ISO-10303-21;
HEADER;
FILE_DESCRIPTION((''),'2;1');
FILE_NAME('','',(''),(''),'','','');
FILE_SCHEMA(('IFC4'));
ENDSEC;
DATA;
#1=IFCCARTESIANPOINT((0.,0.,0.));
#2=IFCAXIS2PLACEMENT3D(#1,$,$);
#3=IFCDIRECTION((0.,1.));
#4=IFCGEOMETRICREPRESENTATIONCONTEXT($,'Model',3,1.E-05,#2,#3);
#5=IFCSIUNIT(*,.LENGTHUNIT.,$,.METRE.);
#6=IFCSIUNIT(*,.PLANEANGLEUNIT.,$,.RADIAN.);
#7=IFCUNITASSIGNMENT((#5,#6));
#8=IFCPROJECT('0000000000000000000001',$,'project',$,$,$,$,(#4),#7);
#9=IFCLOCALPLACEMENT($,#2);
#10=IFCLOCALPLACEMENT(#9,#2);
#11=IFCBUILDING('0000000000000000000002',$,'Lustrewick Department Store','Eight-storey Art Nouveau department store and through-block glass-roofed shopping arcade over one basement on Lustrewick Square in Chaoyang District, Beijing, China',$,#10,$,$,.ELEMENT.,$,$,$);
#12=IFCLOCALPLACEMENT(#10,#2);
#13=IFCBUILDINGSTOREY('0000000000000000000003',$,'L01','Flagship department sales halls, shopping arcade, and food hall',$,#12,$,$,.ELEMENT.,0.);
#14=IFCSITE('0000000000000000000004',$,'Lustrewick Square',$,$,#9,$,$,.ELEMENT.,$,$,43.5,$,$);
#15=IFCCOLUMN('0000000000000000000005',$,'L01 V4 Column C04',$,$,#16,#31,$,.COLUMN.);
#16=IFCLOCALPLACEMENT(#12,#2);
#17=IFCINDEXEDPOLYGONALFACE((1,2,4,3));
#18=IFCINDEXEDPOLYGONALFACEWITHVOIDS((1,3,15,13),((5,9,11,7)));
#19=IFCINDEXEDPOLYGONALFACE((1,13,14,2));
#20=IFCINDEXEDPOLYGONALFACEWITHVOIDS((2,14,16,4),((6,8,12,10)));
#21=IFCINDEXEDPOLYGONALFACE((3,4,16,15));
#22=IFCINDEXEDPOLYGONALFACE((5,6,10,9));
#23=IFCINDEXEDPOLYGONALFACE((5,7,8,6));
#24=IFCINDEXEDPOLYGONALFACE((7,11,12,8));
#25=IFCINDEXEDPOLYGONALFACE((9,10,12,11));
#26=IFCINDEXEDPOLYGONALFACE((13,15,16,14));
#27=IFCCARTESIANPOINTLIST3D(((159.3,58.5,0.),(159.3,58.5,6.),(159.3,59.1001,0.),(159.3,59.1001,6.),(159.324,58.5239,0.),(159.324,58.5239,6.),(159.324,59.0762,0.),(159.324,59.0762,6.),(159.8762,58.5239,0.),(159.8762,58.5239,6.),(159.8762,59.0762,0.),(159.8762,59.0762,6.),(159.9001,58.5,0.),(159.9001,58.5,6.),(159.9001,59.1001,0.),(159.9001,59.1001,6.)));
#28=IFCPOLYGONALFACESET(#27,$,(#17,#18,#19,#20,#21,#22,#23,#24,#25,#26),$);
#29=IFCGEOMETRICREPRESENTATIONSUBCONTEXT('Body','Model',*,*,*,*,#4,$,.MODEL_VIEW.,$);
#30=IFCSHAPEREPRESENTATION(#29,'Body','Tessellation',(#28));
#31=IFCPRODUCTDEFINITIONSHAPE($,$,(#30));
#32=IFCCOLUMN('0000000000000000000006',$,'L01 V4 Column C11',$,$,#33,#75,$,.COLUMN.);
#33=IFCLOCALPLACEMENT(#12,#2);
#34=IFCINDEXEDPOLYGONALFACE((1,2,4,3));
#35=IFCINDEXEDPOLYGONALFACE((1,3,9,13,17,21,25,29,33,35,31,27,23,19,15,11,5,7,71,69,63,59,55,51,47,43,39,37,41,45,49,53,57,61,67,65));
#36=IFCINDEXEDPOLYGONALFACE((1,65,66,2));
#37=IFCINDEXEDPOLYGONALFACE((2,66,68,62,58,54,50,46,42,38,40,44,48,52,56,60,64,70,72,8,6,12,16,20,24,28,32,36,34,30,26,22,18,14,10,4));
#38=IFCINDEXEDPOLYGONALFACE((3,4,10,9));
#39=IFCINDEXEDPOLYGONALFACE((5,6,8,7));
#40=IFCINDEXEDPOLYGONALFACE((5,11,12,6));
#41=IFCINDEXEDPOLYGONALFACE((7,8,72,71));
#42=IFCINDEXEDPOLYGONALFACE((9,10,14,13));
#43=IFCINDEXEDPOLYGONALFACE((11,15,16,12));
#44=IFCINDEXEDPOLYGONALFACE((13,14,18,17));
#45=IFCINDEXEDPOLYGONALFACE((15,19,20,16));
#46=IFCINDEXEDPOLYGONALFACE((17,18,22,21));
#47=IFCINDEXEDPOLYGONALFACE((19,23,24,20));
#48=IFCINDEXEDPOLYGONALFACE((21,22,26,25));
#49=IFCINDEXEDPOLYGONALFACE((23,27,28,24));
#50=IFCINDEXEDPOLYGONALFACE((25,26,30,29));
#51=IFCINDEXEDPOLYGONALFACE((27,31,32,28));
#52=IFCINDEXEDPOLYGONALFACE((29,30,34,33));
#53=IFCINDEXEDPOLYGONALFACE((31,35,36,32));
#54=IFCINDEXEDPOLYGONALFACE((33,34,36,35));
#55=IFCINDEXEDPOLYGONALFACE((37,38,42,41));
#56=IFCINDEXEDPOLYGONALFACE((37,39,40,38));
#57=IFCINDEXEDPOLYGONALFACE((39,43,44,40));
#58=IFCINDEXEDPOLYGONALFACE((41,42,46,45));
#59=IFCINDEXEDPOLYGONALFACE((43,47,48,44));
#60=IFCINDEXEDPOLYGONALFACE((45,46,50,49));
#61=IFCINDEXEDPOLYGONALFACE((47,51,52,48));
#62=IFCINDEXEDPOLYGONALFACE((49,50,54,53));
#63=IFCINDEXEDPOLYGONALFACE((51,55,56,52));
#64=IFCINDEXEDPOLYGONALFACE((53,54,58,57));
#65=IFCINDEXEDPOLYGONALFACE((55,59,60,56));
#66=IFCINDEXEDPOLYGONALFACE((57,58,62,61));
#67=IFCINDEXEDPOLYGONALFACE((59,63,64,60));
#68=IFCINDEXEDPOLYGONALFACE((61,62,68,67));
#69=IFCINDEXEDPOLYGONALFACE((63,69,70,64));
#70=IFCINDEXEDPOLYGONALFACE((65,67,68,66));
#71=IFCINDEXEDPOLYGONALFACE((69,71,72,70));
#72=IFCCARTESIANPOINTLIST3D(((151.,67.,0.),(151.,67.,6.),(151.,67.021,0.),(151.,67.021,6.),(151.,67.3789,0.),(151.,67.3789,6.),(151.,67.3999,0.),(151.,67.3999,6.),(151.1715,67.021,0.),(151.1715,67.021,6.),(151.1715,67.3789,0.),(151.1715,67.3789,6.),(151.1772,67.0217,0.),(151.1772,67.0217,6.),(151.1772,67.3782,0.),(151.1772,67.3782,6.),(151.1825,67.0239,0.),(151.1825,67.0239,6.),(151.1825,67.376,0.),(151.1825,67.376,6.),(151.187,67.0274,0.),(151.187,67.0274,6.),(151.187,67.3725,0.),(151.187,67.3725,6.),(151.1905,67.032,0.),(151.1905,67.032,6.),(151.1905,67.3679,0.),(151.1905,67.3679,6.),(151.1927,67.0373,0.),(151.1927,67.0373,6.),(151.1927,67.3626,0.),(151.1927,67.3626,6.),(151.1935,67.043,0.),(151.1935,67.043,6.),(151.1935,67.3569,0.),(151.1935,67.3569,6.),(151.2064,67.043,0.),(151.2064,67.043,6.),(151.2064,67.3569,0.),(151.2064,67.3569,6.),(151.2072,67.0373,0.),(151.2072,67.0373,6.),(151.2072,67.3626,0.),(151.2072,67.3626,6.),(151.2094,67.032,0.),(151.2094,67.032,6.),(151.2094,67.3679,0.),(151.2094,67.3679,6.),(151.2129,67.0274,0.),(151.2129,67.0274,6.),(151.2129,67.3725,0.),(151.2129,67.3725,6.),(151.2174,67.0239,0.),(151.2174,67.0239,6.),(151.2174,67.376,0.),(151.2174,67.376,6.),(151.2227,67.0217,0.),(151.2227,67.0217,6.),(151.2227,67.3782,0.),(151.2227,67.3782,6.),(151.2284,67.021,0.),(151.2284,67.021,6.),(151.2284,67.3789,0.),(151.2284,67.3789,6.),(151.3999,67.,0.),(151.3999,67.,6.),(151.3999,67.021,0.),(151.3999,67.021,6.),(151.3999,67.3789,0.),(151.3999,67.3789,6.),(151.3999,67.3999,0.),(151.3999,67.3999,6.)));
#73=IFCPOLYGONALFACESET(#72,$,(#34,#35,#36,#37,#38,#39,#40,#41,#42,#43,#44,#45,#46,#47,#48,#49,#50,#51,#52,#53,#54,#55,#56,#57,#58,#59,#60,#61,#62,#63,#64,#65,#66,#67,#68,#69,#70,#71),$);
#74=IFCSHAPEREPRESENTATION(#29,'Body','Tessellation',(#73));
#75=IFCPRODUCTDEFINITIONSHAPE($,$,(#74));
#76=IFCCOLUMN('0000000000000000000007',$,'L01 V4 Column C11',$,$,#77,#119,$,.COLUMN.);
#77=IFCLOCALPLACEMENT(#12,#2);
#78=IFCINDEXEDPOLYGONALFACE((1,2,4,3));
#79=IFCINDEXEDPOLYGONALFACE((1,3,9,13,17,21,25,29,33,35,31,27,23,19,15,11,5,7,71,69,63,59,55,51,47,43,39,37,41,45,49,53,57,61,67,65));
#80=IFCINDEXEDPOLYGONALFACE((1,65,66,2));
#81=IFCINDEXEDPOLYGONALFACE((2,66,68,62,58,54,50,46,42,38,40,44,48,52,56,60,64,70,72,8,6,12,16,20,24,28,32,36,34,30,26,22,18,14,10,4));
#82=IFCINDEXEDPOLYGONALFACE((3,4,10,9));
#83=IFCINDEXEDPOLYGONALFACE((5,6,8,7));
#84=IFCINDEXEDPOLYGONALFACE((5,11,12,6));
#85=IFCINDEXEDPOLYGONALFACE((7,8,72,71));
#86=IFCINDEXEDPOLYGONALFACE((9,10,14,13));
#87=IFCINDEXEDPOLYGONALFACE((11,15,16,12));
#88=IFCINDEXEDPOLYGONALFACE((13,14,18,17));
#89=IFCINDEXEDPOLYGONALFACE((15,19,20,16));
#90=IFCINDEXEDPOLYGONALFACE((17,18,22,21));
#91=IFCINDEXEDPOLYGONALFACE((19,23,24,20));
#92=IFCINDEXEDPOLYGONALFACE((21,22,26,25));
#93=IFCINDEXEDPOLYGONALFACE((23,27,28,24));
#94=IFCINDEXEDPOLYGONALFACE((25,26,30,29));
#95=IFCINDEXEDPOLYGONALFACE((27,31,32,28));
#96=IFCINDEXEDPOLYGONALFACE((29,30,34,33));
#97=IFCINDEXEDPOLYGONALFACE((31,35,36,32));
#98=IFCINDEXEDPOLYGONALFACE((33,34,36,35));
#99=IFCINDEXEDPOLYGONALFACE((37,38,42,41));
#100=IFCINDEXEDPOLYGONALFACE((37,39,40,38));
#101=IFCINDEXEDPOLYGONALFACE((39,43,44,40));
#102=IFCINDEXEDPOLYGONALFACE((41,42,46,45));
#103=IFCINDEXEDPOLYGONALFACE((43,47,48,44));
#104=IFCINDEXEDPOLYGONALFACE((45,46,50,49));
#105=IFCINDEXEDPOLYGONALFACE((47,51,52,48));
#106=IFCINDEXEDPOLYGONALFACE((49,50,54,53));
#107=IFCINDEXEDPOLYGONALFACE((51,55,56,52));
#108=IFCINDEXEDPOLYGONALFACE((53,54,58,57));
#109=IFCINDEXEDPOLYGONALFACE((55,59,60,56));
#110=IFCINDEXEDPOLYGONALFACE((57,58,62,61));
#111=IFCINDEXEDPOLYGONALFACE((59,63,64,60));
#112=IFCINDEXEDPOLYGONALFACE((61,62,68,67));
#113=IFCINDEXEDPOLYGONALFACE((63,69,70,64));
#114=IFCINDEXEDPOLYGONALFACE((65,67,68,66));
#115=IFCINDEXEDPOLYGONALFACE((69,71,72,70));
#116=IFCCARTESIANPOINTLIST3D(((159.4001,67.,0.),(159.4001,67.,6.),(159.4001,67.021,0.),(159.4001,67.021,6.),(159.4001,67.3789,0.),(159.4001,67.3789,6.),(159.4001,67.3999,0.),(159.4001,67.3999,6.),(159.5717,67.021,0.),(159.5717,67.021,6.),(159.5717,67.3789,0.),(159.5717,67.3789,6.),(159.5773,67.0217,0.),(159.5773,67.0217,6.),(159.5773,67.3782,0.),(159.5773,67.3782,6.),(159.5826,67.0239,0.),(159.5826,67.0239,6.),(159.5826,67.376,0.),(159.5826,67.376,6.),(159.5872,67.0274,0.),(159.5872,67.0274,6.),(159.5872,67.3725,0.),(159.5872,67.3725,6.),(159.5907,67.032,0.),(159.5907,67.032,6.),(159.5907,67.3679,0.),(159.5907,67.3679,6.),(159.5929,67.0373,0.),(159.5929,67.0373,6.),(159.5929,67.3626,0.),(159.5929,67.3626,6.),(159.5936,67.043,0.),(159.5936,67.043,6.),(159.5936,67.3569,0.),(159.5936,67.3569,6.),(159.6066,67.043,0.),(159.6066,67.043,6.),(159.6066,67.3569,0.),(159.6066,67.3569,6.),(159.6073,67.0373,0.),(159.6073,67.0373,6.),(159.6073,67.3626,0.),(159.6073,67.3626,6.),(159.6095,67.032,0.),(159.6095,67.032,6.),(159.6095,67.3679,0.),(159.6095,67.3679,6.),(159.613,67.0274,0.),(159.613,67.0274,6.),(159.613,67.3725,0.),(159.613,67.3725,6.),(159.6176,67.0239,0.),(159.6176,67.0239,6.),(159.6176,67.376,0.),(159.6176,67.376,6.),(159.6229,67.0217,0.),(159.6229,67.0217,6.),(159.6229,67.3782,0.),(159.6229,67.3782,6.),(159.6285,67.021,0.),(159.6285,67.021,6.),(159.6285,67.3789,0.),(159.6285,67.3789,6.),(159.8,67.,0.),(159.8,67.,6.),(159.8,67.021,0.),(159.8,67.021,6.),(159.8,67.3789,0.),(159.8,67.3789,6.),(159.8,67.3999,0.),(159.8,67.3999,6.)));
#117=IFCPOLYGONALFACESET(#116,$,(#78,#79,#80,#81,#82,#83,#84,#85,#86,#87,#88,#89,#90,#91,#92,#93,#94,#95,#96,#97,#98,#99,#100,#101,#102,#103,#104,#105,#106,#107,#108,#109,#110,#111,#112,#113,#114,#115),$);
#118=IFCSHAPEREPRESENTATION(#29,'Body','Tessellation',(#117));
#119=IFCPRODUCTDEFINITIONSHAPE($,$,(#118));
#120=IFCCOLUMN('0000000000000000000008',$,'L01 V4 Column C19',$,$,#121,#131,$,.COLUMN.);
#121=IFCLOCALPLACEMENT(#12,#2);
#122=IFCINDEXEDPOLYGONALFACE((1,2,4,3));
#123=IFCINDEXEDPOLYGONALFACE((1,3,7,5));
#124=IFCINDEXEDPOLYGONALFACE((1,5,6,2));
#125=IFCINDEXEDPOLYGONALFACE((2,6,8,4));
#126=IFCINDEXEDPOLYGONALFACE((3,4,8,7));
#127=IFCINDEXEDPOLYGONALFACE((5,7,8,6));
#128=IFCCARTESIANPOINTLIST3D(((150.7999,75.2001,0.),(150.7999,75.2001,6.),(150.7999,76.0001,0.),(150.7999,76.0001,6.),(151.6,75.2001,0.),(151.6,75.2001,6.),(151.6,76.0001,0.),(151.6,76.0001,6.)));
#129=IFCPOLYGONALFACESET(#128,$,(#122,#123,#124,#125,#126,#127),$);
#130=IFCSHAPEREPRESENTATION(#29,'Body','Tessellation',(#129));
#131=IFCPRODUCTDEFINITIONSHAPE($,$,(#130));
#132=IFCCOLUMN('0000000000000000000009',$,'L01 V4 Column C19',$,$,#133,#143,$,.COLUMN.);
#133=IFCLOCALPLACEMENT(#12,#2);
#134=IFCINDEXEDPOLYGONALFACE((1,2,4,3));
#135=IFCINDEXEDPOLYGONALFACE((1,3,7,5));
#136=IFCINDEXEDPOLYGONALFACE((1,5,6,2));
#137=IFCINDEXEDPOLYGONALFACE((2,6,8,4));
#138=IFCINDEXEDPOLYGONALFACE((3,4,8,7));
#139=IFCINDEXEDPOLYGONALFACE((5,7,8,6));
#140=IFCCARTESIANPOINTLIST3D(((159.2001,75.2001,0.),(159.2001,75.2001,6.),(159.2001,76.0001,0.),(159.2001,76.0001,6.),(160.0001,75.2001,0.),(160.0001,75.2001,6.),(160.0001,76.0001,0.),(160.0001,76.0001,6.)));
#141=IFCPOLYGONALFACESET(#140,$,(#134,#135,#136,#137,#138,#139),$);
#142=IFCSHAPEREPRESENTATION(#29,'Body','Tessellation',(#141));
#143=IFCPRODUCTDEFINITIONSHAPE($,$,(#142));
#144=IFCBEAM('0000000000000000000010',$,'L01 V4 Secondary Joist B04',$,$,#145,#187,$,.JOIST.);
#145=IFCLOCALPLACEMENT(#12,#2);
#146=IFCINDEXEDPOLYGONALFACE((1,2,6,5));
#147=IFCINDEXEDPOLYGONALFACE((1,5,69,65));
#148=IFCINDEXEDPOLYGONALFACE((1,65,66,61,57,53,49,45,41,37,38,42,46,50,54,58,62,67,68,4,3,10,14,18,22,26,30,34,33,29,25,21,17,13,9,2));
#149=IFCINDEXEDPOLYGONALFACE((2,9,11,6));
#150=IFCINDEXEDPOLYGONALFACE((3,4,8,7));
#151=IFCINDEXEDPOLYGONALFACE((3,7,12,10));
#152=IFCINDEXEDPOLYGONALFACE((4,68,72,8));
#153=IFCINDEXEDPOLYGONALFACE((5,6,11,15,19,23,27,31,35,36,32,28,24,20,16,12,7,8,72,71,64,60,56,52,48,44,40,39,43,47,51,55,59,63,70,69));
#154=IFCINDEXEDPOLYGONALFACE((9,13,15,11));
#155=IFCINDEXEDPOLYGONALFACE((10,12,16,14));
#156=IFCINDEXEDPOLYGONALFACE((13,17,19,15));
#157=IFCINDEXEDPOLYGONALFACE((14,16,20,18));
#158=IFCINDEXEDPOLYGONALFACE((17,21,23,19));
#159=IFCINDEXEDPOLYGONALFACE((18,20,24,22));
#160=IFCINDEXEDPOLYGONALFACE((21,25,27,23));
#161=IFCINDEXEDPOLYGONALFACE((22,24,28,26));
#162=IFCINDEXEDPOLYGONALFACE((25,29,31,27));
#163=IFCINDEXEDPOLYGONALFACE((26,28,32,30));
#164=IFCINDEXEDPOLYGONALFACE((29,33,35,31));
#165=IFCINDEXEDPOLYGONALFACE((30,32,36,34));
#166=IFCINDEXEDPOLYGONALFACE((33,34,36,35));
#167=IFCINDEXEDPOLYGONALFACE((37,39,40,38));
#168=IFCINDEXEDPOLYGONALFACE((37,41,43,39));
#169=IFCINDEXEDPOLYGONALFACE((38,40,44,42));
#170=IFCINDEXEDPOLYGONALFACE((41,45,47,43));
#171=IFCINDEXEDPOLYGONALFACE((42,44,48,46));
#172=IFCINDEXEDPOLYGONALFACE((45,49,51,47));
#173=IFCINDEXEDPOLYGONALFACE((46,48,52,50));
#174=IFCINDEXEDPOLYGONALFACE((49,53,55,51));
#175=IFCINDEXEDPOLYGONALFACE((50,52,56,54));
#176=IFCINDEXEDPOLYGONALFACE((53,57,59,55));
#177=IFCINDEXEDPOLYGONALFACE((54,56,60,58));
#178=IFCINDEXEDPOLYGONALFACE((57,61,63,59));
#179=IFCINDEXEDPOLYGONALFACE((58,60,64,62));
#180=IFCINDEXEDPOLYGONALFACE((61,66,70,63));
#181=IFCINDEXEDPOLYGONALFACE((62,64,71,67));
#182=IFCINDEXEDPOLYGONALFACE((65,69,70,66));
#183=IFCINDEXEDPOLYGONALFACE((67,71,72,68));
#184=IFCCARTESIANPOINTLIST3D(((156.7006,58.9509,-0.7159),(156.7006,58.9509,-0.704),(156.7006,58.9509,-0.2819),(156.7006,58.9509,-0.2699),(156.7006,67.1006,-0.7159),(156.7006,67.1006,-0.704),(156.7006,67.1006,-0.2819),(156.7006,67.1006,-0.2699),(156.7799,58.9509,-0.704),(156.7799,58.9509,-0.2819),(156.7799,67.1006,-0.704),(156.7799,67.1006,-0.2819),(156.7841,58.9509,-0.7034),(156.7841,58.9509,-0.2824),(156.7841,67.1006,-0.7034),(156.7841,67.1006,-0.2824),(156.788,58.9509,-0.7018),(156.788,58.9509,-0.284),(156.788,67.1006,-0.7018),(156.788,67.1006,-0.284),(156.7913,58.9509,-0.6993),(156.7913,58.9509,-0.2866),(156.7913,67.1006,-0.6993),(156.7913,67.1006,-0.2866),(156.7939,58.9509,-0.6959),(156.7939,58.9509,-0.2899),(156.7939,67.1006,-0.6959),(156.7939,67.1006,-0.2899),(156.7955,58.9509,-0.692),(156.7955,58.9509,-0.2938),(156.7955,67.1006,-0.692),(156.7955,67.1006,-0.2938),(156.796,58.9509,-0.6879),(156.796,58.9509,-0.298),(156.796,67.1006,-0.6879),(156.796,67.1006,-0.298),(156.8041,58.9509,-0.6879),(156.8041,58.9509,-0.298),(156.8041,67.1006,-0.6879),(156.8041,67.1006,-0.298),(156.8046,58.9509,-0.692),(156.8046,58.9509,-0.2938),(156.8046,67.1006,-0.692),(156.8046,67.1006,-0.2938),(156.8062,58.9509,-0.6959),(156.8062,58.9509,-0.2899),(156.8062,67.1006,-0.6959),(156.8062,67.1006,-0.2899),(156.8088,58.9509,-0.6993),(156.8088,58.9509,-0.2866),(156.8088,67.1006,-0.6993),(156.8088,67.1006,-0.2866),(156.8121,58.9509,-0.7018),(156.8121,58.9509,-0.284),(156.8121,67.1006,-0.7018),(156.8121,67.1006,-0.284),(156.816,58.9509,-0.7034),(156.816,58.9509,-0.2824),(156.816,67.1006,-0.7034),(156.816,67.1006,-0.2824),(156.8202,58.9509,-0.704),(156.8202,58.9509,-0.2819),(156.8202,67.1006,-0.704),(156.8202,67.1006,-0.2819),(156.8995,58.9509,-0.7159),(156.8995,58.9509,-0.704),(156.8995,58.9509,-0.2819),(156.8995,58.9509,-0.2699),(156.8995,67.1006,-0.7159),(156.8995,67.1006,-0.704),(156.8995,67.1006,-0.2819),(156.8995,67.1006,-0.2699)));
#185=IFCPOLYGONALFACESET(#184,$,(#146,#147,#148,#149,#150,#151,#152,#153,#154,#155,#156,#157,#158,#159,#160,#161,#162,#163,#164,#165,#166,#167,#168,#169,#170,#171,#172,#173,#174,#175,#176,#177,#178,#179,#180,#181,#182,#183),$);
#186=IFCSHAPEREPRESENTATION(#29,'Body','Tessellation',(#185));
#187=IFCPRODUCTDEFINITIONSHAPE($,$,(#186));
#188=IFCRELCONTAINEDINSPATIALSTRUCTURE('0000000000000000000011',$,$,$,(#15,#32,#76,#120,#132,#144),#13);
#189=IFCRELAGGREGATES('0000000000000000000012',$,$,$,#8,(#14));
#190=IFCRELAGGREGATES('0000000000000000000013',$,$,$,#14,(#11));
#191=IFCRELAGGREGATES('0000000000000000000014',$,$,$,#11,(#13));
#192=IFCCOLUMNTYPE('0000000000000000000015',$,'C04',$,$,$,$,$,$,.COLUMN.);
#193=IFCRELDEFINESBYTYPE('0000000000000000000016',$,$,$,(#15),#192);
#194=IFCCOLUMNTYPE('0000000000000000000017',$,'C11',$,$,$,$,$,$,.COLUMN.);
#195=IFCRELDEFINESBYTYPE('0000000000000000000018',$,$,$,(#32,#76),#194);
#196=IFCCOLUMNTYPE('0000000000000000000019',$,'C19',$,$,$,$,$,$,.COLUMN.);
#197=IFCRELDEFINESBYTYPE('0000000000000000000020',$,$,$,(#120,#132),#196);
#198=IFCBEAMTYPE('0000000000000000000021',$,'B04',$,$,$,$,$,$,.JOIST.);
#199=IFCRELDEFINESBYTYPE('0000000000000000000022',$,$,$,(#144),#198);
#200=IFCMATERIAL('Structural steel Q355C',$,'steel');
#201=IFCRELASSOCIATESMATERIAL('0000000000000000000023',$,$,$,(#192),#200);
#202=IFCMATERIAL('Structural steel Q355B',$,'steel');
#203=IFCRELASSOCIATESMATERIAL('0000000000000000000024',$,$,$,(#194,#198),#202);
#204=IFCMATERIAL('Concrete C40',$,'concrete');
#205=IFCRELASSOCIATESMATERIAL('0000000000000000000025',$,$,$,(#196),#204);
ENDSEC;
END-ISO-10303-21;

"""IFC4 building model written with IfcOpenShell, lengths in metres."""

from ifc_helpers import new_model, si_unit, direction, frame, origin, origin_2d, place, context, subcontext, project, spatial, rectangle, hollow_rectangle, i_section, extrude, material, material_profile, profile_set, type_object, element, save


model = new_model("IFC4")

# Units and contexts
model_context = context("Model", 3, precision=1e-05, world=origin(), true_north=direction((0.0, 1.0)))
body_context = subcontext(model_context, "Body", "Model", "MODEL_VIEW")
ifc_project = project(units=[si_unit("LENGTHUNIT", "METRE"), si_unit("PLANEANGLEUNIT", "RADIAN")], contexts=[model_context])

# Site, building, storey
site_placement = place(None, origin())
site = spatial("IfcSite", under=ifc_project, at=site_placement, Name="Lustrewick Square", CompositionType="ELEMENT", RefElevation=43.5)
building_placement = place(site_placement, origin())
building = spatial("IfcBuilding", under=site, at=building_placement, Name="Lustrewick Department Store", Description="Eight-storey Art Nouveau department store and through-block glass-roofed shopping arcade over one basement on Lustrewick Square in Chaoyang District, Beijing, China", CompositionType="ELEMENT")
storey_placement = place(building_placement, origin())
storey = spatial("IfcBuildingStorey", under=building, at=storey_placement, Name="L01", Description="Flagship department sales halls, shopping arcade, and food hall", CompositionType="ELEMENT", Elevation=0.0)

# Columns
ifc_material_1 = material(Name="Structural steel Q355C", Category="steel")
ifc_material_profile_1 = material_profile(ifc_material_1, hollow_rectangle(XDim=0.6001, YDim=0.6001, WallThickness=0.0239, at=origin_2d()), Name="BOX 600x600x24")
ifc_profile_set_1 = profile_set([ifc_material_profile_1], Name="Structural steel Q355C")
column_type_1 = type_object("IfcColumnType", Name="C04", PredefinedType="COLUMN", material=ifc_profile_set_1)
column_placement = place(storey_placement, frame((159.6001, 58.8, 0.0), z_axis=(0.0, 0.0, 1.0), x_axis=(1.0, 0.0, 0.0)))
element("IfcColumn", 1, at=column_placement, inside=storey, type_object=column_type_1, Name="L01 V4 Column C04", PredefinedType="COLUMN", context=body_context, shape_type="SweptSolid", body=[
    extrude(hollow_rectangle(XDim=0.6001, YDim=0.6001, WallThickness=0.0239, at=origin_2d()), origin(), (0.0, 0.0, 1.0), 6.0),
])
ifc_material_2 = material(Name="Structural steel Q355B", Category="steel")
ifc_material_profile_2 = material_profile(ifc_material_2, i_section(OverallWidth=0.3999, OverallDepth=0.3999, WebThickness=0.0129, FlangeThickness=0.021, FilletRadius=0.022, at=origin_2d()), Name="HW 400x400x13x21")
ifc_profile_set_2 = profile_set([ifc_material_profile_2], Name="Structural steel Q355B")
column_type_2 = type_object("IfcColumnType", Name="C11", PredefinedType="COLUMN", material=ifc_profile_set_2)
for number, where, z_axis, x_axis, name in (
    (2, (151.2, 67.2, 0.0), (0.0, 0.0, 1.0), (1.0, 0.0, 0.0), "L01 V4 Column C11"),
    (3, (159.6001, 67.2, 0.0), (0.0, 0.0, 1.0), (1.0, 0.0, 0.0), "L01 V4 Column C11"),
):
    element("IfcColumn", number, at=place(storey_placement, frame(where, z_axis=z_axis, x_axis=x_axis)), inside=storey, type_object=column_type_2, Name=name, PredefinedType="COLUMN", context=body_context, shape_type="SweptSolid", body=[
        extrude(i_section(OverallWidth=0.3999, OverallDepth=0.3999, WebThickness=0.0129, FlangeThickness=0.021, FilletRadius=0.022, at=origin_2d()), origin(), (0.0, 0.0, 1.0), 6.0),
    ])
ifc_material_3 = material(Name="Concrete C40", Category="concrete")
ifc_material_profile_3 = material_profile(ifc_material_3, rectangle(XDim=0.8, YDim=0.8, at=origin_2d()), Name="RC 800x800")
ifc_profile_set_3 = profile_set([ifc_material_profile_3], Name="Concrete C40")
column_type_3 = type_object("IfcColumnType", Name="C19", PredefinedType="COLUMN", material=ifc_profile_set_3)
for number, where, z_axis, x_axis, name in (
    (4, (151.2, 75.6001, 0.0), (0.0, 0.0, 1.0), (1.0, 0.0, 0.0), "L01 V4 Column C19"),
    (5, (159.6001, 75.6001, 0.0), (0.0, 0.0, 1.0), (1.0, 0.0, 0.0), "L01 V4 Column C19"),
):
    element("IfcColumn", number, at=place(storey_placement, frame(where, z_axis=z_axis, x_axis=x_axis)), inside=storey, type_object=column_type_3, Name=name, PredefinedType="COLUMN", context=body_context, shape_type="SweptSolid", body=[
        extrude(rectangle(XDim=0.8, YDim=0.8, at=origin_2d()), origin(), (0.0, 0.0, 1.0), 6.0),
    ])

# Beam
ifc_material_profile_4 = material_profile(ifc_material_2, i_section(OverallWidth=0.199, OverallDepth=0.446, WebThickness=0.0081, FlangeThickness=0.012, FilletRadius=0.0161, at=origin_2d()), Name="HN 446x199x8x12")
ifc_profile_set_4 = profile_set([ifc_material_profile_4], Name="Structural steel Q355B")
beam_type_1 = type_object("IfcBeamType", Name="B04", PredefinedType="JOIST", material=ifc_profile_set_4)
beam_1_placement = place(storey_placement, frame((156.8, 58.9509, -0.4929), z_axis=(0.0, 1.0, 0.0), x_axis=(-1.0, 0.0, 0.0)))
element("IfcBeam", 6, at=beam_1_placement, inside=storey, type_object=beam_type_1, Name="L01 V4 Secondary Joist B04", PredefinedType="JOIST", context=body_context, shape_type="SweptSolid", body=[
    extrude(i_section(OverallWidth=0.199, OverallDepth=0.446, WebThickness=0.0081, FlangeThickness=0.012, FilletRadius=0.0161, at=origin_2d()), origin(), (0.0, 0.0, 1.0), 8.1497),
])

save(model, "model.ifc")
